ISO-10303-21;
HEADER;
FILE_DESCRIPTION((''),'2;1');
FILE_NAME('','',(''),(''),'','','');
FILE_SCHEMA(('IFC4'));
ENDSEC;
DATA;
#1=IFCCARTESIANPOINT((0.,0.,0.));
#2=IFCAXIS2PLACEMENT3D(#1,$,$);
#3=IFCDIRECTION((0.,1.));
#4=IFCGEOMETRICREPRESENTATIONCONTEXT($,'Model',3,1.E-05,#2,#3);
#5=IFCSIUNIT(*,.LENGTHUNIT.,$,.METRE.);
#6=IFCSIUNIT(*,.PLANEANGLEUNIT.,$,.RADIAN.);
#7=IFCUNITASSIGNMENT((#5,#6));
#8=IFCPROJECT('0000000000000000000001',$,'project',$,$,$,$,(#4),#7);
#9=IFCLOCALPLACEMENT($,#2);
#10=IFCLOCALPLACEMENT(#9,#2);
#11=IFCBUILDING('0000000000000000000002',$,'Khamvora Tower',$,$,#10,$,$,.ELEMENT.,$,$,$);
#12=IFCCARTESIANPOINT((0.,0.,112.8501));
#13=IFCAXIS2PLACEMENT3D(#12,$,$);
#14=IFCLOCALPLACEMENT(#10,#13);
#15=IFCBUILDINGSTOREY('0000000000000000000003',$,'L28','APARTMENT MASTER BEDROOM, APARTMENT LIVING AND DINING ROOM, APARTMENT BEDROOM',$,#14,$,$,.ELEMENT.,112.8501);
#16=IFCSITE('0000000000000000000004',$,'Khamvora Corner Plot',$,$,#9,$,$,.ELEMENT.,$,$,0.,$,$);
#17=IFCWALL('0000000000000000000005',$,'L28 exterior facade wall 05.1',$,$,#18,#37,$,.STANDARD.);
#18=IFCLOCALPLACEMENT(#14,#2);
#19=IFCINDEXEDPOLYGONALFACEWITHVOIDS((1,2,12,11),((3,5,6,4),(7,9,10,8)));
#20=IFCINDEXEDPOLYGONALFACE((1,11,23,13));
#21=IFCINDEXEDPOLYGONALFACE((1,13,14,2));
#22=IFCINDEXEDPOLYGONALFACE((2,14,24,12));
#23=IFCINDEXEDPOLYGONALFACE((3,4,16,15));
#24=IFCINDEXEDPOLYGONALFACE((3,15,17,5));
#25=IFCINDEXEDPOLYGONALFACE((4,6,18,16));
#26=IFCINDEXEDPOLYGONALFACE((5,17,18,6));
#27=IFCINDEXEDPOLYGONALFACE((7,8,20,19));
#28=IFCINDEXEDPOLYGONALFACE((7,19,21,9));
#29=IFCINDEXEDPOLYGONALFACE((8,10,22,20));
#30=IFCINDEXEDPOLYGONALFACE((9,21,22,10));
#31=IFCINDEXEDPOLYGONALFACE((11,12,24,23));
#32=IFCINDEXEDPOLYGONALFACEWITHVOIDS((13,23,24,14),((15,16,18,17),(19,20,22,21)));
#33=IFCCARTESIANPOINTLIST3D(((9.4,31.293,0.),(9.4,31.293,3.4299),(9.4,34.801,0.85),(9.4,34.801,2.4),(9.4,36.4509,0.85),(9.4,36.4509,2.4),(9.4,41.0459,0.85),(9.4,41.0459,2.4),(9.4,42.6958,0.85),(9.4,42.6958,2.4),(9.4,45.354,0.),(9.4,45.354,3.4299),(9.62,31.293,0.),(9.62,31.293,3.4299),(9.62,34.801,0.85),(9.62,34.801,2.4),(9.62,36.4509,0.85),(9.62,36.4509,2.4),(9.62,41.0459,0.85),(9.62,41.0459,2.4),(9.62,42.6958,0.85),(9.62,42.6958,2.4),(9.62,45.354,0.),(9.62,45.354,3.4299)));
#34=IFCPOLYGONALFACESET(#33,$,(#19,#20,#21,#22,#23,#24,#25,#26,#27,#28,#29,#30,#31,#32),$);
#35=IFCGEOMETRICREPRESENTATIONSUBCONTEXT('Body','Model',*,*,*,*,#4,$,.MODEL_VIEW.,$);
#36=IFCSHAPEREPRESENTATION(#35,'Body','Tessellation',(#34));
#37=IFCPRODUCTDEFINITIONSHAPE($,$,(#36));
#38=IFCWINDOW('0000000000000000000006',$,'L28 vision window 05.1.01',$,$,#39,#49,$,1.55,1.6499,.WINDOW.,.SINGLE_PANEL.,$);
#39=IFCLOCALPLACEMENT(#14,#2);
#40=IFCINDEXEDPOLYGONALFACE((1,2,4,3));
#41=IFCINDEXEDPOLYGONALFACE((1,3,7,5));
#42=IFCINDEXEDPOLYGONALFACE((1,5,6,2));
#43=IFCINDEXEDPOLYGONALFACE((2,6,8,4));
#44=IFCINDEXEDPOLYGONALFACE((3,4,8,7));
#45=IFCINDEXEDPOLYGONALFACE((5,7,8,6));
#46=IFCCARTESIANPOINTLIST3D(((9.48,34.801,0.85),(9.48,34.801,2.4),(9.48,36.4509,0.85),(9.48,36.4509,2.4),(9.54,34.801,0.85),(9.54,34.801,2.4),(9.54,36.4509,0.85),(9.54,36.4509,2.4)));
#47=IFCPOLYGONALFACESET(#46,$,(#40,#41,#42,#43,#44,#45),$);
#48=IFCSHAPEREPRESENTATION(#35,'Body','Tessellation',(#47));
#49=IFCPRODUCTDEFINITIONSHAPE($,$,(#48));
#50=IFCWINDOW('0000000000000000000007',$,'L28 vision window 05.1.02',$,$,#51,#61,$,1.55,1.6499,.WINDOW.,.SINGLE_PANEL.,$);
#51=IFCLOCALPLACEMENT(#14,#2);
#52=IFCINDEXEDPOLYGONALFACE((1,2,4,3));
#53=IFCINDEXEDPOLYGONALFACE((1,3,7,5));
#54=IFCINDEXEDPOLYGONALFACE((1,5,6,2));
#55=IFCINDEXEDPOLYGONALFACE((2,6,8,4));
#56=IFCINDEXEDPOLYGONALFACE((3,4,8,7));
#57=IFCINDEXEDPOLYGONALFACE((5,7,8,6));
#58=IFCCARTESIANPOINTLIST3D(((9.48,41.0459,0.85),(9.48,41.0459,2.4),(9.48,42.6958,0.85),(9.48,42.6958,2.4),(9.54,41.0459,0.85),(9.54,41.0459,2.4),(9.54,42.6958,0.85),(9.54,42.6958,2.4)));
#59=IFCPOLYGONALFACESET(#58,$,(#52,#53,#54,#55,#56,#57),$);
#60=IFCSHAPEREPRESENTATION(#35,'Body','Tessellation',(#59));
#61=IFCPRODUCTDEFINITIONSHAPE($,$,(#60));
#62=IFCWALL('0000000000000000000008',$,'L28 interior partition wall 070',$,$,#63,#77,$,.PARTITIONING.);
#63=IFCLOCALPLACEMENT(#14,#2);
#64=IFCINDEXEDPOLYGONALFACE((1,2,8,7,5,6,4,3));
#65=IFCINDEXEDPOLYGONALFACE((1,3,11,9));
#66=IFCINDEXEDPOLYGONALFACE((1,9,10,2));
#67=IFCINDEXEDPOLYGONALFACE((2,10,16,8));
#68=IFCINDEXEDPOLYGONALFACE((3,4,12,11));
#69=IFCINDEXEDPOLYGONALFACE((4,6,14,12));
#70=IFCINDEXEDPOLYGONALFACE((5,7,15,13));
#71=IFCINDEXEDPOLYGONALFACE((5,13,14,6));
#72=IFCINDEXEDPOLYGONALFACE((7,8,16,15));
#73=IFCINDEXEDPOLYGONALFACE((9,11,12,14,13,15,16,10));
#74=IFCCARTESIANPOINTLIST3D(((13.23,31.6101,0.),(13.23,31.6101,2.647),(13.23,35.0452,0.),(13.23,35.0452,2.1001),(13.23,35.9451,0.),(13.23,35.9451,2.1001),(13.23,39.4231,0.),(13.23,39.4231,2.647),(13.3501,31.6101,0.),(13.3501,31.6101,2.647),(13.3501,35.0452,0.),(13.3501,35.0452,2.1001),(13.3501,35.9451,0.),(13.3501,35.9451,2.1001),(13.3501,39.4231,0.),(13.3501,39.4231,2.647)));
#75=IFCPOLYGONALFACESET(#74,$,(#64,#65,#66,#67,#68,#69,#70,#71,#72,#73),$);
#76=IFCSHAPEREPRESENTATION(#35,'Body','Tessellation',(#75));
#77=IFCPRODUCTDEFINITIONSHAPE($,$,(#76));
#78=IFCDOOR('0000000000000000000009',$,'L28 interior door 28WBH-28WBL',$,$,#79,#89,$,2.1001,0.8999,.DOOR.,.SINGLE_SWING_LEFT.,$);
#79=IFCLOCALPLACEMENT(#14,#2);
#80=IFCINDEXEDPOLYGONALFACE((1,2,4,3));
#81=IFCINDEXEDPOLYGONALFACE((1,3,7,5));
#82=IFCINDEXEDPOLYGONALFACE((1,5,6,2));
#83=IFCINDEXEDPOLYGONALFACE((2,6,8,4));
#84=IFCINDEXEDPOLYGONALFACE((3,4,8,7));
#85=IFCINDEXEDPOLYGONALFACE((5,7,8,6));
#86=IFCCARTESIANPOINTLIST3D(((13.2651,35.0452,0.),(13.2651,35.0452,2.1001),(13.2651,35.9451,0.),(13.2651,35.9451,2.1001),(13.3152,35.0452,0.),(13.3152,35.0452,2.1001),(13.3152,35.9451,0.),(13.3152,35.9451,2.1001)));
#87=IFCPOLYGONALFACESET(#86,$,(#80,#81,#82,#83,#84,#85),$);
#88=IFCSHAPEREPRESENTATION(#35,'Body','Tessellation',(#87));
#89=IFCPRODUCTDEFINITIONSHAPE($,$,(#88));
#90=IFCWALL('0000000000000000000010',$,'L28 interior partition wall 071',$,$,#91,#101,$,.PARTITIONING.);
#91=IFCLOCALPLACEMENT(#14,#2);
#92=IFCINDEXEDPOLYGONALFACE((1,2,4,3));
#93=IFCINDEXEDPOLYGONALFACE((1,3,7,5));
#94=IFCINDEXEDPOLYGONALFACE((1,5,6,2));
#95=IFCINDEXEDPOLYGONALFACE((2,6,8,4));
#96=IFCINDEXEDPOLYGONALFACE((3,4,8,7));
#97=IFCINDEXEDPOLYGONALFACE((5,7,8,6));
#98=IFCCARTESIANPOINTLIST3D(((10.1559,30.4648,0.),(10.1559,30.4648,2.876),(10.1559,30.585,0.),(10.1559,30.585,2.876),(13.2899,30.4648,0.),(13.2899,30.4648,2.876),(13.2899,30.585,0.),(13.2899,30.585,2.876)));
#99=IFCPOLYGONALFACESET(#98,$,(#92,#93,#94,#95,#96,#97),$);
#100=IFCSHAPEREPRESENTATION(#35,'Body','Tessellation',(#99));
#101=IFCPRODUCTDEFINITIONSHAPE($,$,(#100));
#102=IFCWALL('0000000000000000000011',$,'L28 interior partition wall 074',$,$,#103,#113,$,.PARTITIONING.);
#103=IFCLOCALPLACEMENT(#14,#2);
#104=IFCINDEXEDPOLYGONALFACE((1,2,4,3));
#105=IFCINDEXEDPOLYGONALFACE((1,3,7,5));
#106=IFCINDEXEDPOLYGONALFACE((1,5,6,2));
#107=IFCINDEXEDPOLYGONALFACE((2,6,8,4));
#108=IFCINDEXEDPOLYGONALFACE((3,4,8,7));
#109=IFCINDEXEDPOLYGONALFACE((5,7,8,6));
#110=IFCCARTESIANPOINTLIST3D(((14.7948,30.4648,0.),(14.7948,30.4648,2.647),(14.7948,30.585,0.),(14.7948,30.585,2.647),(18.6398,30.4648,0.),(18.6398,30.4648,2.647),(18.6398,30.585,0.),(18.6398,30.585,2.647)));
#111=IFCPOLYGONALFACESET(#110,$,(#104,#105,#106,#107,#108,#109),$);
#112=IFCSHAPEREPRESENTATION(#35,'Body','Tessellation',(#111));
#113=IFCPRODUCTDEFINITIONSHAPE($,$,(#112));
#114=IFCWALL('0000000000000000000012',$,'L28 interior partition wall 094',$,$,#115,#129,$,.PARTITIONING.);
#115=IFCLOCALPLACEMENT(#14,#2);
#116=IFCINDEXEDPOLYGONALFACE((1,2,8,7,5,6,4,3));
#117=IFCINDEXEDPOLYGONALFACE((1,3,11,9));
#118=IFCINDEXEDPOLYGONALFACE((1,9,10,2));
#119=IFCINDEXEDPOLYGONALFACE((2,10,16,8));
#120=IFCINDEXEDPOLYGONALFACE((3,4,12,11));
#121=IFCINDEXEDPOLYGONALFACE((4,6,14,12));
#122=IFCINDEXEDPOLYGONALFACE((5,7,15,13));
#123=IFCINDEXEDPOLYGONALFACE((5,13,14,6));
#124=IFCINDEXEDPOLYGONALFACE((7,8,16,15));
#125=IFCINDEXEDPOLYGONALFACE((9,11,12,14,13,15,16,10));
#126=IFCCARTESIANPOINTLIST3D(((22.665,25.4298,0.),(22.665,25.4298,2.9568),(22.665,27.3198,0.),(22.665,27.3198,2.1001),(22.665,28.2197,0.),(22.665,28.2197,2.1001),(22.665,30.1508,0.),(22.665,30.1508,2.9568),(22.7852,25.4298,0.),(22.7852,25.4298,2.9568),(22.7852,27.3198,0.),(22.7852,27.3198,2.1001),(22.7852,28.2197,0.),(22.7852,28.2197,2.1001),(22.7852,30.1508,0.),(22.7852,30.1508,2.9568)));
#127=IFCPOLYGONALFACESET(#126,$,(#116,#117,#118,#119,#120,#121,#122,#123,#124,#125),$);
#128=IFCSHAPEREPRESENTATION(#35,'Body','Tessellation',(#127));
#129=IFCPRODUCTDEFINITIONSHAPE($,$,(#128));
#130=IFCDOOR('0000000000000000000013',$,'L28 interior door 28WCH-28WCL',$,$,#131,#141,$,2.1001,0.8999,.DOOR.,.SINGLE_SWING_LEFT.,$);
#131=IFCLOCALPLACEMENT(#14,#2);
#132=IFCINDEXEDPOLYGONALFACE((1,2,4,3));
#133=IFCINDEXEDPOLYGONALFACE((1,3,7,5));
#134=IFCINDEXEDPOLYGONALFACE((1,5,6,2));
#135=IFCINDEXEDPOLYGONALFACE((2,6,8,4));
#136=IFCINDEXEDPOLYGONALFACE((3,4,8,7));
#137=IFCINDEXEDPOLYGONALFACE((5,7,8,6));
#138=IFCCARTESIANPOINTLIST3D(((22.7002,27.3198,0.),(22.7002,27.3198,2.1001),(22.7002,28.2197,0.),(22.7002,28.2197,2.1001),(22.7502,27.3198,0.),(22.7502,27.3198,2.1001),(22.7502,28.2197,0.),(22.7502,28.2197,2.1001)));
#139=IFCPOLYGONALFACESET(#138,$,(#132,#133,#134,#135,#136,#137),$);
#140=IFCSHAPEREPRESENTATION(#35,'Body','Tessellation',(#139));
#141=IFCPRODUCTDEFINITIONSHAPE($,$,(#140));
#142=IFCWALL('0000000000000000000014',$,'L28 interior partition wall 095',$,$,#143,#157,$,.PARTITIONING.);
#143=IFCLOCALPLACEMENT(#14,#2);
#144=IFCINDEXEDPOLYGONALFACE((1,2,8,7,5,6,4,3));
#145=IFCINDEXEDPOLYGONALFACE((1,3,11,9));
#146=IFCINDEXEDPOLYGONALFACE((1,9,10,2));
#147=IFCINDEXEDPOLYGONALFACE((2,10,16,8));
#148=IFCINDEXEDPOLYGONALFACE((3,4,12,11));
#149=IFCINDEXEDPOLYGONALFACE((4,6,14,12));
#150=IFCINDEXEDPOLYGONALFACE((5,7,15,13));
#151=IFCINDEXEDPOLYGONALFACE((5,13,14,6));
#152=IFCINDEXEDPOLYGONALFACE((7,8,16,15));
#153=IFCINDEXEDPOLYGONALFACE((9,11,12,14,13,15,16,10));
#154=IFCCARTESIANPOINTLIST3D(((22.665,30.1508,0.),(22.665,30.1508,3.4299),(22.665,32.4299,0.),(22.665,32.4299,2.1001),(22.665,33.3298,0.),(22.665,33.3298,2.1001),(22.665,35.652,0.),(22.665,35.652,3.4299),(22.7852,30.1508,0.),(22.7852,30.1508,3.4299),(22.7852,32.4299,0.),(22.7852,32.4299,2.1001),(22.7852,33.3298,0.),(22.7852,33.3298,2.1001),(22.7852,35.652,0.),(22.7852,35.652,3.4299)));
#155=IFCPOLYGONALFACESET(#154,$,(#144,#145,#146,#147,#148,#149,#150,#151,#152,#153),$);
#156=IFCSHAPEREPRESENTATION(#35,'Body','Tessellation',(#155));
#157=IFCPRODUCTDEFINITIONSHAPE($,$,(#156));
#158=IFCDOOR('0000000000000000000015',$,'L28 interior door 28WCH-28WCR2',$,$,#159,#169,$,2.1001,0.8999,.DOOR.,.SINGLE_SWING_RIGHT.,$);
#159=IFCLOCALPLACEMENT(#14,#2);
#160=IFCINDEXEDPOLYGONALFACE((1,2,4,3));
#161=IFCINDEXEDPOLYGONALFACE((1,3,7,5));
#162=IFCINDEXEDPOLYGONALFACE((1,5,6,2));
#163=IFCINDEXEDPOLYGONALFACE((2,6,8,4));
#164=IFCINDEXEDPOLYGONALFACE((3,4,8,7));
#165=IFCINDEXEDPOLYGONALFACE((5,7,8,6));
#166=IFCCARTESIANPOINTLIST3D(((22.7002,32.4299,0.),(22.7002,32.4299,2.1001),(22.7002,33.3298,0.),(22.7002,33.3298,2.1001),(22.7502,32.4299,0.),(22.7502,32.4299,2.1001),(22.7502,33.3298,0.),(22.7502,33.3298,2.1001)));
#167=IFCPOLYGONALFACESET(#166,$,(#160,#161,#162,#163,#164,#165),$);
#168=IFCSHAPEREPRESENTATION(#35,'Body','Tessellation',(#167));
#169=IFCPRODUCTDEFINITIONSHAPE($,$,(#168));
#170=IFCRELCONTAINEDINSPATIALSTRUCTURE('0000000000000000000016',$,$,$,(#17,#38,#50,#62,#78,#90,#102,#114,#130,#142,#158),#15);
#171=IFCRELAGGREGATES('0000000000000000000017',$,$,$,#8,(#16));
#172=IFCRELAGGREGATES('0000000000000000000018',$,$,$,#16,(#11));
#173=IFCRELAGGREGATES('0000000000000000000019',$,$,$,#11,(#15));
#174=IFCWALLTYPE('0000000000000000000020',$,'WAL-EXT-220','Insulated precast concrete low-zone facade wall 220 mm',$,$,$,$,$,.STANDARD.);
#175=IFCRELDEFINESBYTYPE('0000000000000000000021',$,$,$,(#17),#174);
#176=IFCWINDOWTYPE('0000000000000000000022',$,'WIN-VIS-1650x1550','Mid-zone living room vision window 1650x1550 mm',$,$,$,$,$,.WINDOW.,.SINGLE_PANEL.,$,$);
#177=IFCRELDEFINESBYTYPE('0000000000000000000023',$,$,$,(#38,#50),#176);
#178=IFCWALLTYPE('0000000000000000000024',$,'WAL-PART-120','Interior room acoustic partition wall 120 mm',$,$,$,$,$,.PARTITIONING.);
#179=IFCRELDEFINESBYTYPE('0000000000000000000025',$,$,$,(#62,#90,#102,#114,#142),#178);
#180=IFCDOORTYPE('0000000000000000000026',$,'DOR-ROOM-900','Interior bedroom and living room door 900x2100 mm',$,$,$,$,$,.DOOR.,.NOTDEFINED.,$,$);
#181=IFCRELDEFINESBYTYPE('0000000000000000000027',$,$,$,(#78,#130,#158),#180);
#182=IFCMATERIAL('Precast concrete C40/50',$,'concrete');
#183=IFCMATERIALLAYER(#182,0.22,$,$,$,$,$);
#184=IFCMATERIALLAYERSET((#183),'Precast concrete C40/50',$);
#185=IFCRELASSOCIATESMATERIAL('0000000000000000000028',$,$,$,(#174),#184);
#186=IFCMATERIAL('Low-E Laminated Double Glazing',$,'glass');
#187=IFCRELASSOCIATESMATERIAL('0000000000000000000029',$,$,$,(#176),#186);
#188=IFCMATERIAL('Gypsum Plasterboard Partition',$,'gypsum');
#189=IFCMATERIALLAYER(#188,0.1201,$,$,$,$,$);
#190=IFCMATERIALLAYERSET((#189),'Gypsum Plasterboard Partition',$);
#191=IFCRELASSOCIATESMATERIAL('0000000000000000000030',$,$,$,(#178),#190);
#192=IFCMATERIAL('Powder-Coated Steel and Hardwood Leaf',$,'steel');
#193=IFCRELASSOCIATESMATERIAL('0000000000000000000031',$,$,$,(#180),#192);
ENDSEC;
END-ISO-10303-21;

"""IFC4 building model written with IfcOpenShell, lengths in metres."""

from ifc_helpers import new_model, si_unit, direction, frame, frame_2d, origin, place, context, subcontext, project, spatial, rectangle, extrude, material, layer, layer_set, type_object, element, fill, save


model = new_model("IFC4")

# Units and contexts
model_context = context("Model", 3, precision=1e-05, world=origin(), true_north=direction((0.0, 1.0)))
body_context = subcontext(model_context, "Body", "Model", "MODEL_VIEW")
ifc_project = project(units=[si_unit("LENGTHUNIT", "METRE"), si_unit("PLANEANGLEUNIT", "RADIAN")], contexts=[model_context])

# Site, building, storey
site_placement = place(None, origin())
site = spatial("IfcSite", under=ifc_project, at=site_placement, Name="Khamvora Corner Plot", CompositionType="ELEMENT", RefElevation=0.0)
building_placement = place(site_placement, origin())
building = spatial("IfcBuilding", under=site, at=building_placement, Name="Khamvora Tower", CompositionType="ELEMENT")
storey_placement = place(building_placement, frame((0.0, 0.0, 112.8501)))
storey = spatial("IfcBuildingStorey", under=building, at=storey_placement, Name="L28", Description="APARTMENT MASTER BEDROOM, APARTMENT LIVING AND DINING ROOM, APARTMENT BEDROOM", CompositionType="ELEMENT", Elevation=112.8501)

# Shared definitions
ifc_material_1 = material(Name="Powder-Coated Steel and Hardwood Leaf", Category="steel")

# Shared definitions
ifc_material_2 = material(Name="Precast concrete C40/50", Category="concrete")
ifc_layer_1 = layer(ifc_material_2, 0.22)
ifc_layer_set_1 = layer_set([ifc_layer_1], Name="Precast concrete C40/50")
wall_type_1 = type_object("IfcWallType", Name="WAL-EXT-220", Description="Insulated precast concrete low-zone facade wall 220 mm", PredefinedType="STANDARD", material=ifc_layer_set_1)
ifc_material_3 = material(Name="Low-E Laminated Double Glazing", Category="glass")

# Wall, openings, windows
wall_1_placement = place(storey_placement, frame((9.51, 31.293, 0.0), z_axis=(0.0, 0.0, 1.0), x_axis=(0.0, 1.0, 0.0)))
wall_1 = element("IfcWall", 1, at=wall_1_placement, inside=storey, type_object=wall_type_1, Name="L28 exterior facade wall 05.1", PredefinedType="STANDARD", context=body_context, shape_type="SweptSolid", body=[
    extrude(rectangle(XDim=14.061, YDim=0.22, at=frame_2d((7.0305, 0.0))), origin(), (0.0, 0.0, 1.0), 3.4299),
])
opening_1_placement = place(wall_1_placement, frame((3.5081, 0.0, 0.8501)))
opening_1 = element("IfcOpeningElement", 2, at=opening_1_placement, cuts=wall_1, PredefinedType="OPENING", context=body_context, shape_type="SweptSolid", body=[
    extrude(rectangle(XDim=1.6499, YDim=1.55, at=frame_2d((0.825, 0.7749))), frame((0.0, 0.1199, 0.0), z_axis=(0.0, -1.0, 0.0), x_axis=(1.0, 0.0, 0.0)), (0.0, 0.0, 1.0), 0.24),
])
opening_2_placement = place(wall_1_placement, frame((9.7529, 0.0, 0.8501)))
opening_2 = element("IfcOpeningElement", 3, at=opening_2_placement, cuts=wall_1, PredefinedType="OPENING", context=body_context, shape_type="SweptSolid", body=[
    extrude(rectangle(XDim=1.6499, YDim=1.55, at=frame_2d((0.825, 0.7749))), frame((0.0, 0.1199, 0.0), z_axis=(0.0, -1.0, 0.0), x_axis=(1.0, 0.0, 0.0)), (0.0, 0.0, 1.0), 0.24),
])
window_type_1 = type_object("IfcWindowType", Name="WIN-VIS-1650x1550", Description="Mid-zone living room vision window 1650x1550 mm", PartitioningType="SINGLE_PANEL", PredefinedType="WINDOW", material=ifc_material_3)
window_1_placement = place(opening_1_placement, origin())
window_1 = element("IfcWindow", 4, at=window_1_placement, inside=storey, type_object=window_type_1, Name="L28 vision window 05.1.01", OverallHeight=1.55, OverallWidth=1.6499, PartitioningType="SINGLE_PANEL", PredefinedType="WINDOW", context=body_context, shape_type="SweptSolid", body=[
    extrude(rectangle(XDim=1.6499, YDim=1.55, at=frame_2d((0.825, 0.7749))), frame((0.0, 0.03, 0.0), z_axis=(0.0, -1.0, 0.0), x_axis=(1.0, 0.0, 0.0)), (0.0, 0.0, 1.0), 0.0601),
])
fill(opening_1, window_1)
window_2_placement = place(opening_2_placement, origin())
window_2 = element("IfcWindow", 5, at=window_2_placement, inside=storey, type_object=window_type_1, Name="L28 vision window 05.1.02", OverallHeight=1.55, OverallWidth=1.6499, PartitioningType="SINGLE_PANEL", PredefinedType="WINDOW", context=body_context, shape_type="SweptSolid", body=[
    extrude(rectangle(XDim=1.6499, YDim=1.55, at=frame_2d((0.825, 0.7749))), frame((0.0, 0.03, 0.0), z_axis=(0.0, -1.0, 0.0), x_axis=(1.0, 0.0, 0.0)), (0.0, 0.0, 1.0), 0.0601),
])
fill(opening_2, window_2)

# Wall, opening, door
ifc_material_4 = material(Name="Gypsum Plasterboard Partition", Category="gypsum")
ifc_layer_2 = layer(ifc_material_4, 0.1201)
ifc_layer_set_2 = layer_set([ifc_layer_2], Name="Gypsum Plasterboard Partition")
wall_type_2 = type_object("IfcWallType", Name="WAL-PART-120", Description="Interior room acoustic partition wall 120 mm", PredefinedType="PARTITIONING", material=ifc_layer_set_2)
wall_2_placement = place(storey_placement, frame((13.29, 31.6101, 0.0), z_axis=(0.0, 0.0, 1.0), x_axis=(0.0, 1.0, 0.0)))
wall_2 = element("IfcWall", 6, at=wall_2_placement, inside=storey, type_object=wall_type_2, Name="L28 interior partition wall 070", PredefinedType="PARTITIONING", context=body_context, shape_type="SweptSolid", body=[
    extrude(rectangle(XDim=7.813, YDim=0.1201, at=frame_2d((3.9065, 0.0))), origin(), (0.0, 0.0, 1.0), 2.647),
])
opening_3_placement = place(wall_2_placement, frame((3.4351, 0.0, 0.0)))
opening_3 = element("IfcOpeningElement", 7, at=opening_3_placement, cuts=wall_2, PredefinedType="OPENING", context=body_context, shape_type="SweptSolid", body=[
    extrude(rectangle(XDim=0.8999, YDim=2.1001, at=frame_2d((0.45, 1.05))), frame((0.0, 0.0701, 0.0), z_axis=(0.0, -1.0, 0.0), x_axis=(1.0, 0.0, 0.0)), (0.0, 0.0, 1.0), 0.1401),
])
door_type_1 = type_object("IfcDoorType", Name="DOR-ROOM-900", Description="Interior bedroom and living room door 900x2100 mm", OperationType="NOTDEFINED", PredefinedType="DOOR", material=ifc_material_1)
door_1_placement = place(opening_3_placement, origin())
door_1 = element("IfcDoor", 8, at=door_1_placement, inside=storey, type_object=door_type_1, Name="L28 interior door 28WBH-28WBL", OperationType="SINGLE_SWING_LEFT", OverallHeight=2.1001, OverallWidth=0.8999, PredefinedType="DOOR", context=body_context, shape_type="SweptSolid", body=[
    extrude(rectangle(XDim=0.8999, YDim=2.1001, at=frame_2d((0.45, 1.05))), frame((0.0, 0.0249, 0.0), z_axis=(0.0, -1.0, 0.0), x_axis=(1.0, 0.0, 0.0)), (0.0, 0.0, 1.0), 0.05),
])
fill(opening_3, door_1)

# Walls
wall_3_placement = place(storey_placement, frame((10.156, 30.5249, 0.0), z_axis=(0.0, 0.0, 1.0), x_axis=(1.0, 0.0, 0.0)))
element("IfcWall", 9, at=wall_3_placement, inside=storey, type_object=wall_type_2, Name="L28 interior partition wall 071", PredefinedType="PARTITIONING", context=body_context, shape_type="SweptSolid", body=[
    extrude(rectangle(XDim=3.134, YDim=0.1201, at=frame_2d((1.5669, 0.0))), origin(), (0.0, 0.0, 1.0), 2.876),
])
wall_4_placement = place(storey_placement, frame((14.7949, 30.5249, 0.0), z_axis=(0.0, 0.0, 1.0), x_axis=(1.0, 0.0, 0.0)))
element("IfcWall", 10, at=wall_4_placement, inside=storey, type_object=wall_type_2, Name="L28 interior partition wall 074", PredefinedType="PARTITIONING", context=body_context, shape_type="SweptSolid", body=[
    extrude(rectangle(XDim=3.845, YDim=0.1201, at=frame_2d((1.9224, 0.0))), origin(), (0.0, 0.0, 1.0), 2.647),
])

# Walls, openings, doors
wall_5_placement = place(storey_placement, frame((22.7251, 25.4299, 0.0), z_axis=(0.0, 0.0, 1.0), x_axis=(0.0, 1.0, 0.0)))
wall_5 = element("IfcWall", 11, at=wall_5_placement, inside=storey, type_object=wall_type_2, Name="L28 interior partition wall 094", PredefinedType="PARTITIONING", context=body_context, shape_type="SweptSolid", body=[
    extrude(rectangle(XDim=4.7209, YDim=0.1201, at=frame_2d((2.3604, 0.0))), origin(), (0.0, 0.0, 1.0), 2.9568),
])
opening_4_placement = place(wall_5_placement, frame((1.8899, 0.0, 0.0)))
opening_4 = element("IfcOpeningElement", 12, at=opening_4_placement, cuts=wall_5, PredefinedType="OPENING", context=body_context, shape_type="SweptSolid", body=[
    extrude(rectangle(XDim=0.8999, YDim=2.1001, at=frame_2d((0.45, 1.05))), frame((0.0, 0.0701, 0.0), z_axis=(0.0, -1.0, 0.0), x_axis=(1.0, 0.0, 0.0)), (0.0, 0.0, 1.0), 0.1401),
])
door_2_placement = place(opening_4_placement, origin())
door_2 = element("IfcDoor", 13, at=door_2_placement, inside=storey, type_object=door_type_1, Name="L28 interior door 28WCH-28WCL", OperationType="SINGLE_SWING_LEFT", OverallHeight=2.1001, OverallWidth=0.8999, PredefinedType="DOOR", context=body_context, shape_type="SweptSolid", body=[
    extrude(rectangle(XDim=0.8999, YDim=2.1001, at=frame_2d((0.45, 1.05))), frame((0.0, 0.0249, 0.0), z_axis=(0.0, -1.0, 0.0), x_axis=(1.0, 0.0, 0.0)), (0.0, 0.0, 1.0), 0.05),
])
fill(opening_4, door_2)
wall_6_placement = place(storey_placement, frame((22.7251, 30.1509, 0.0), z_axis=(0.0, 0.0, 1.0), x_axis=(0.0, 1.0, 0.0)))
wall_6 = element("IfcWall", 14, at=wall_6_placement, inside=storey, type_object=wall_type_2, Name="L28 interior partition wall 095", PredefinedType="PARTITIONING", context=body_context, shape_type="SweptSolid", body=[
    extrude(rectangle(XDim=5.5012, YDim=0.1201, at=frame_2d((2.7505, 0.0))), origin(), (0.0, 0.0, 1.0), 3.4299),
])
opening_5_placement = place(wall_6_placement, frame((2.2791, 0.0, 0.0)))
opening_5 = element("IfcOpeningElement", 15, at=opening_5_placement, cuts=wall_6, PredefinedType="OPENING", context=body_context, shape_type="SweptSolid", body=[
    extrude(rectangle(XDim=0.8999, YDim=2.1001, at=frame_2d((0.45, 1.05))), frame((0.0, 0.0701, 0.0), z_axis=(0.0, -1.0, 0.0), x_axis=(1.0, 0.0, 0.0)), (0.0, 0.0, 1.0), 0.1401),
])
door_3_placement = place(opening_5_placement, origin())
door_3 = element("IfcDoor", 16, at=door_3_placement, inside=storey, type_object=door_type_1, Name="L28 interior door 28WCH-28WCR2", OperationType="SINGLE_SWING_RIGHT", OverallHeight=2.1001, OverallWidth=0.8999, PredefinedType="DOOR", context=body_context, shape_type="SweptSolid", body=[
    extrude(rectangle(XDim=0.8999, YDim=2.1001, at=frame_2d((0.45, 1.05))), frame((0.0, 0.0249, 0.0), z_axis=(0.0, -1.0, 0.0), x_axis=(1.0, 0.0, 0.0)), (0.0, 0.0, 1.0), 0.05),
])
fill(opening_5, door_3)

save(model, "model.ifc")
